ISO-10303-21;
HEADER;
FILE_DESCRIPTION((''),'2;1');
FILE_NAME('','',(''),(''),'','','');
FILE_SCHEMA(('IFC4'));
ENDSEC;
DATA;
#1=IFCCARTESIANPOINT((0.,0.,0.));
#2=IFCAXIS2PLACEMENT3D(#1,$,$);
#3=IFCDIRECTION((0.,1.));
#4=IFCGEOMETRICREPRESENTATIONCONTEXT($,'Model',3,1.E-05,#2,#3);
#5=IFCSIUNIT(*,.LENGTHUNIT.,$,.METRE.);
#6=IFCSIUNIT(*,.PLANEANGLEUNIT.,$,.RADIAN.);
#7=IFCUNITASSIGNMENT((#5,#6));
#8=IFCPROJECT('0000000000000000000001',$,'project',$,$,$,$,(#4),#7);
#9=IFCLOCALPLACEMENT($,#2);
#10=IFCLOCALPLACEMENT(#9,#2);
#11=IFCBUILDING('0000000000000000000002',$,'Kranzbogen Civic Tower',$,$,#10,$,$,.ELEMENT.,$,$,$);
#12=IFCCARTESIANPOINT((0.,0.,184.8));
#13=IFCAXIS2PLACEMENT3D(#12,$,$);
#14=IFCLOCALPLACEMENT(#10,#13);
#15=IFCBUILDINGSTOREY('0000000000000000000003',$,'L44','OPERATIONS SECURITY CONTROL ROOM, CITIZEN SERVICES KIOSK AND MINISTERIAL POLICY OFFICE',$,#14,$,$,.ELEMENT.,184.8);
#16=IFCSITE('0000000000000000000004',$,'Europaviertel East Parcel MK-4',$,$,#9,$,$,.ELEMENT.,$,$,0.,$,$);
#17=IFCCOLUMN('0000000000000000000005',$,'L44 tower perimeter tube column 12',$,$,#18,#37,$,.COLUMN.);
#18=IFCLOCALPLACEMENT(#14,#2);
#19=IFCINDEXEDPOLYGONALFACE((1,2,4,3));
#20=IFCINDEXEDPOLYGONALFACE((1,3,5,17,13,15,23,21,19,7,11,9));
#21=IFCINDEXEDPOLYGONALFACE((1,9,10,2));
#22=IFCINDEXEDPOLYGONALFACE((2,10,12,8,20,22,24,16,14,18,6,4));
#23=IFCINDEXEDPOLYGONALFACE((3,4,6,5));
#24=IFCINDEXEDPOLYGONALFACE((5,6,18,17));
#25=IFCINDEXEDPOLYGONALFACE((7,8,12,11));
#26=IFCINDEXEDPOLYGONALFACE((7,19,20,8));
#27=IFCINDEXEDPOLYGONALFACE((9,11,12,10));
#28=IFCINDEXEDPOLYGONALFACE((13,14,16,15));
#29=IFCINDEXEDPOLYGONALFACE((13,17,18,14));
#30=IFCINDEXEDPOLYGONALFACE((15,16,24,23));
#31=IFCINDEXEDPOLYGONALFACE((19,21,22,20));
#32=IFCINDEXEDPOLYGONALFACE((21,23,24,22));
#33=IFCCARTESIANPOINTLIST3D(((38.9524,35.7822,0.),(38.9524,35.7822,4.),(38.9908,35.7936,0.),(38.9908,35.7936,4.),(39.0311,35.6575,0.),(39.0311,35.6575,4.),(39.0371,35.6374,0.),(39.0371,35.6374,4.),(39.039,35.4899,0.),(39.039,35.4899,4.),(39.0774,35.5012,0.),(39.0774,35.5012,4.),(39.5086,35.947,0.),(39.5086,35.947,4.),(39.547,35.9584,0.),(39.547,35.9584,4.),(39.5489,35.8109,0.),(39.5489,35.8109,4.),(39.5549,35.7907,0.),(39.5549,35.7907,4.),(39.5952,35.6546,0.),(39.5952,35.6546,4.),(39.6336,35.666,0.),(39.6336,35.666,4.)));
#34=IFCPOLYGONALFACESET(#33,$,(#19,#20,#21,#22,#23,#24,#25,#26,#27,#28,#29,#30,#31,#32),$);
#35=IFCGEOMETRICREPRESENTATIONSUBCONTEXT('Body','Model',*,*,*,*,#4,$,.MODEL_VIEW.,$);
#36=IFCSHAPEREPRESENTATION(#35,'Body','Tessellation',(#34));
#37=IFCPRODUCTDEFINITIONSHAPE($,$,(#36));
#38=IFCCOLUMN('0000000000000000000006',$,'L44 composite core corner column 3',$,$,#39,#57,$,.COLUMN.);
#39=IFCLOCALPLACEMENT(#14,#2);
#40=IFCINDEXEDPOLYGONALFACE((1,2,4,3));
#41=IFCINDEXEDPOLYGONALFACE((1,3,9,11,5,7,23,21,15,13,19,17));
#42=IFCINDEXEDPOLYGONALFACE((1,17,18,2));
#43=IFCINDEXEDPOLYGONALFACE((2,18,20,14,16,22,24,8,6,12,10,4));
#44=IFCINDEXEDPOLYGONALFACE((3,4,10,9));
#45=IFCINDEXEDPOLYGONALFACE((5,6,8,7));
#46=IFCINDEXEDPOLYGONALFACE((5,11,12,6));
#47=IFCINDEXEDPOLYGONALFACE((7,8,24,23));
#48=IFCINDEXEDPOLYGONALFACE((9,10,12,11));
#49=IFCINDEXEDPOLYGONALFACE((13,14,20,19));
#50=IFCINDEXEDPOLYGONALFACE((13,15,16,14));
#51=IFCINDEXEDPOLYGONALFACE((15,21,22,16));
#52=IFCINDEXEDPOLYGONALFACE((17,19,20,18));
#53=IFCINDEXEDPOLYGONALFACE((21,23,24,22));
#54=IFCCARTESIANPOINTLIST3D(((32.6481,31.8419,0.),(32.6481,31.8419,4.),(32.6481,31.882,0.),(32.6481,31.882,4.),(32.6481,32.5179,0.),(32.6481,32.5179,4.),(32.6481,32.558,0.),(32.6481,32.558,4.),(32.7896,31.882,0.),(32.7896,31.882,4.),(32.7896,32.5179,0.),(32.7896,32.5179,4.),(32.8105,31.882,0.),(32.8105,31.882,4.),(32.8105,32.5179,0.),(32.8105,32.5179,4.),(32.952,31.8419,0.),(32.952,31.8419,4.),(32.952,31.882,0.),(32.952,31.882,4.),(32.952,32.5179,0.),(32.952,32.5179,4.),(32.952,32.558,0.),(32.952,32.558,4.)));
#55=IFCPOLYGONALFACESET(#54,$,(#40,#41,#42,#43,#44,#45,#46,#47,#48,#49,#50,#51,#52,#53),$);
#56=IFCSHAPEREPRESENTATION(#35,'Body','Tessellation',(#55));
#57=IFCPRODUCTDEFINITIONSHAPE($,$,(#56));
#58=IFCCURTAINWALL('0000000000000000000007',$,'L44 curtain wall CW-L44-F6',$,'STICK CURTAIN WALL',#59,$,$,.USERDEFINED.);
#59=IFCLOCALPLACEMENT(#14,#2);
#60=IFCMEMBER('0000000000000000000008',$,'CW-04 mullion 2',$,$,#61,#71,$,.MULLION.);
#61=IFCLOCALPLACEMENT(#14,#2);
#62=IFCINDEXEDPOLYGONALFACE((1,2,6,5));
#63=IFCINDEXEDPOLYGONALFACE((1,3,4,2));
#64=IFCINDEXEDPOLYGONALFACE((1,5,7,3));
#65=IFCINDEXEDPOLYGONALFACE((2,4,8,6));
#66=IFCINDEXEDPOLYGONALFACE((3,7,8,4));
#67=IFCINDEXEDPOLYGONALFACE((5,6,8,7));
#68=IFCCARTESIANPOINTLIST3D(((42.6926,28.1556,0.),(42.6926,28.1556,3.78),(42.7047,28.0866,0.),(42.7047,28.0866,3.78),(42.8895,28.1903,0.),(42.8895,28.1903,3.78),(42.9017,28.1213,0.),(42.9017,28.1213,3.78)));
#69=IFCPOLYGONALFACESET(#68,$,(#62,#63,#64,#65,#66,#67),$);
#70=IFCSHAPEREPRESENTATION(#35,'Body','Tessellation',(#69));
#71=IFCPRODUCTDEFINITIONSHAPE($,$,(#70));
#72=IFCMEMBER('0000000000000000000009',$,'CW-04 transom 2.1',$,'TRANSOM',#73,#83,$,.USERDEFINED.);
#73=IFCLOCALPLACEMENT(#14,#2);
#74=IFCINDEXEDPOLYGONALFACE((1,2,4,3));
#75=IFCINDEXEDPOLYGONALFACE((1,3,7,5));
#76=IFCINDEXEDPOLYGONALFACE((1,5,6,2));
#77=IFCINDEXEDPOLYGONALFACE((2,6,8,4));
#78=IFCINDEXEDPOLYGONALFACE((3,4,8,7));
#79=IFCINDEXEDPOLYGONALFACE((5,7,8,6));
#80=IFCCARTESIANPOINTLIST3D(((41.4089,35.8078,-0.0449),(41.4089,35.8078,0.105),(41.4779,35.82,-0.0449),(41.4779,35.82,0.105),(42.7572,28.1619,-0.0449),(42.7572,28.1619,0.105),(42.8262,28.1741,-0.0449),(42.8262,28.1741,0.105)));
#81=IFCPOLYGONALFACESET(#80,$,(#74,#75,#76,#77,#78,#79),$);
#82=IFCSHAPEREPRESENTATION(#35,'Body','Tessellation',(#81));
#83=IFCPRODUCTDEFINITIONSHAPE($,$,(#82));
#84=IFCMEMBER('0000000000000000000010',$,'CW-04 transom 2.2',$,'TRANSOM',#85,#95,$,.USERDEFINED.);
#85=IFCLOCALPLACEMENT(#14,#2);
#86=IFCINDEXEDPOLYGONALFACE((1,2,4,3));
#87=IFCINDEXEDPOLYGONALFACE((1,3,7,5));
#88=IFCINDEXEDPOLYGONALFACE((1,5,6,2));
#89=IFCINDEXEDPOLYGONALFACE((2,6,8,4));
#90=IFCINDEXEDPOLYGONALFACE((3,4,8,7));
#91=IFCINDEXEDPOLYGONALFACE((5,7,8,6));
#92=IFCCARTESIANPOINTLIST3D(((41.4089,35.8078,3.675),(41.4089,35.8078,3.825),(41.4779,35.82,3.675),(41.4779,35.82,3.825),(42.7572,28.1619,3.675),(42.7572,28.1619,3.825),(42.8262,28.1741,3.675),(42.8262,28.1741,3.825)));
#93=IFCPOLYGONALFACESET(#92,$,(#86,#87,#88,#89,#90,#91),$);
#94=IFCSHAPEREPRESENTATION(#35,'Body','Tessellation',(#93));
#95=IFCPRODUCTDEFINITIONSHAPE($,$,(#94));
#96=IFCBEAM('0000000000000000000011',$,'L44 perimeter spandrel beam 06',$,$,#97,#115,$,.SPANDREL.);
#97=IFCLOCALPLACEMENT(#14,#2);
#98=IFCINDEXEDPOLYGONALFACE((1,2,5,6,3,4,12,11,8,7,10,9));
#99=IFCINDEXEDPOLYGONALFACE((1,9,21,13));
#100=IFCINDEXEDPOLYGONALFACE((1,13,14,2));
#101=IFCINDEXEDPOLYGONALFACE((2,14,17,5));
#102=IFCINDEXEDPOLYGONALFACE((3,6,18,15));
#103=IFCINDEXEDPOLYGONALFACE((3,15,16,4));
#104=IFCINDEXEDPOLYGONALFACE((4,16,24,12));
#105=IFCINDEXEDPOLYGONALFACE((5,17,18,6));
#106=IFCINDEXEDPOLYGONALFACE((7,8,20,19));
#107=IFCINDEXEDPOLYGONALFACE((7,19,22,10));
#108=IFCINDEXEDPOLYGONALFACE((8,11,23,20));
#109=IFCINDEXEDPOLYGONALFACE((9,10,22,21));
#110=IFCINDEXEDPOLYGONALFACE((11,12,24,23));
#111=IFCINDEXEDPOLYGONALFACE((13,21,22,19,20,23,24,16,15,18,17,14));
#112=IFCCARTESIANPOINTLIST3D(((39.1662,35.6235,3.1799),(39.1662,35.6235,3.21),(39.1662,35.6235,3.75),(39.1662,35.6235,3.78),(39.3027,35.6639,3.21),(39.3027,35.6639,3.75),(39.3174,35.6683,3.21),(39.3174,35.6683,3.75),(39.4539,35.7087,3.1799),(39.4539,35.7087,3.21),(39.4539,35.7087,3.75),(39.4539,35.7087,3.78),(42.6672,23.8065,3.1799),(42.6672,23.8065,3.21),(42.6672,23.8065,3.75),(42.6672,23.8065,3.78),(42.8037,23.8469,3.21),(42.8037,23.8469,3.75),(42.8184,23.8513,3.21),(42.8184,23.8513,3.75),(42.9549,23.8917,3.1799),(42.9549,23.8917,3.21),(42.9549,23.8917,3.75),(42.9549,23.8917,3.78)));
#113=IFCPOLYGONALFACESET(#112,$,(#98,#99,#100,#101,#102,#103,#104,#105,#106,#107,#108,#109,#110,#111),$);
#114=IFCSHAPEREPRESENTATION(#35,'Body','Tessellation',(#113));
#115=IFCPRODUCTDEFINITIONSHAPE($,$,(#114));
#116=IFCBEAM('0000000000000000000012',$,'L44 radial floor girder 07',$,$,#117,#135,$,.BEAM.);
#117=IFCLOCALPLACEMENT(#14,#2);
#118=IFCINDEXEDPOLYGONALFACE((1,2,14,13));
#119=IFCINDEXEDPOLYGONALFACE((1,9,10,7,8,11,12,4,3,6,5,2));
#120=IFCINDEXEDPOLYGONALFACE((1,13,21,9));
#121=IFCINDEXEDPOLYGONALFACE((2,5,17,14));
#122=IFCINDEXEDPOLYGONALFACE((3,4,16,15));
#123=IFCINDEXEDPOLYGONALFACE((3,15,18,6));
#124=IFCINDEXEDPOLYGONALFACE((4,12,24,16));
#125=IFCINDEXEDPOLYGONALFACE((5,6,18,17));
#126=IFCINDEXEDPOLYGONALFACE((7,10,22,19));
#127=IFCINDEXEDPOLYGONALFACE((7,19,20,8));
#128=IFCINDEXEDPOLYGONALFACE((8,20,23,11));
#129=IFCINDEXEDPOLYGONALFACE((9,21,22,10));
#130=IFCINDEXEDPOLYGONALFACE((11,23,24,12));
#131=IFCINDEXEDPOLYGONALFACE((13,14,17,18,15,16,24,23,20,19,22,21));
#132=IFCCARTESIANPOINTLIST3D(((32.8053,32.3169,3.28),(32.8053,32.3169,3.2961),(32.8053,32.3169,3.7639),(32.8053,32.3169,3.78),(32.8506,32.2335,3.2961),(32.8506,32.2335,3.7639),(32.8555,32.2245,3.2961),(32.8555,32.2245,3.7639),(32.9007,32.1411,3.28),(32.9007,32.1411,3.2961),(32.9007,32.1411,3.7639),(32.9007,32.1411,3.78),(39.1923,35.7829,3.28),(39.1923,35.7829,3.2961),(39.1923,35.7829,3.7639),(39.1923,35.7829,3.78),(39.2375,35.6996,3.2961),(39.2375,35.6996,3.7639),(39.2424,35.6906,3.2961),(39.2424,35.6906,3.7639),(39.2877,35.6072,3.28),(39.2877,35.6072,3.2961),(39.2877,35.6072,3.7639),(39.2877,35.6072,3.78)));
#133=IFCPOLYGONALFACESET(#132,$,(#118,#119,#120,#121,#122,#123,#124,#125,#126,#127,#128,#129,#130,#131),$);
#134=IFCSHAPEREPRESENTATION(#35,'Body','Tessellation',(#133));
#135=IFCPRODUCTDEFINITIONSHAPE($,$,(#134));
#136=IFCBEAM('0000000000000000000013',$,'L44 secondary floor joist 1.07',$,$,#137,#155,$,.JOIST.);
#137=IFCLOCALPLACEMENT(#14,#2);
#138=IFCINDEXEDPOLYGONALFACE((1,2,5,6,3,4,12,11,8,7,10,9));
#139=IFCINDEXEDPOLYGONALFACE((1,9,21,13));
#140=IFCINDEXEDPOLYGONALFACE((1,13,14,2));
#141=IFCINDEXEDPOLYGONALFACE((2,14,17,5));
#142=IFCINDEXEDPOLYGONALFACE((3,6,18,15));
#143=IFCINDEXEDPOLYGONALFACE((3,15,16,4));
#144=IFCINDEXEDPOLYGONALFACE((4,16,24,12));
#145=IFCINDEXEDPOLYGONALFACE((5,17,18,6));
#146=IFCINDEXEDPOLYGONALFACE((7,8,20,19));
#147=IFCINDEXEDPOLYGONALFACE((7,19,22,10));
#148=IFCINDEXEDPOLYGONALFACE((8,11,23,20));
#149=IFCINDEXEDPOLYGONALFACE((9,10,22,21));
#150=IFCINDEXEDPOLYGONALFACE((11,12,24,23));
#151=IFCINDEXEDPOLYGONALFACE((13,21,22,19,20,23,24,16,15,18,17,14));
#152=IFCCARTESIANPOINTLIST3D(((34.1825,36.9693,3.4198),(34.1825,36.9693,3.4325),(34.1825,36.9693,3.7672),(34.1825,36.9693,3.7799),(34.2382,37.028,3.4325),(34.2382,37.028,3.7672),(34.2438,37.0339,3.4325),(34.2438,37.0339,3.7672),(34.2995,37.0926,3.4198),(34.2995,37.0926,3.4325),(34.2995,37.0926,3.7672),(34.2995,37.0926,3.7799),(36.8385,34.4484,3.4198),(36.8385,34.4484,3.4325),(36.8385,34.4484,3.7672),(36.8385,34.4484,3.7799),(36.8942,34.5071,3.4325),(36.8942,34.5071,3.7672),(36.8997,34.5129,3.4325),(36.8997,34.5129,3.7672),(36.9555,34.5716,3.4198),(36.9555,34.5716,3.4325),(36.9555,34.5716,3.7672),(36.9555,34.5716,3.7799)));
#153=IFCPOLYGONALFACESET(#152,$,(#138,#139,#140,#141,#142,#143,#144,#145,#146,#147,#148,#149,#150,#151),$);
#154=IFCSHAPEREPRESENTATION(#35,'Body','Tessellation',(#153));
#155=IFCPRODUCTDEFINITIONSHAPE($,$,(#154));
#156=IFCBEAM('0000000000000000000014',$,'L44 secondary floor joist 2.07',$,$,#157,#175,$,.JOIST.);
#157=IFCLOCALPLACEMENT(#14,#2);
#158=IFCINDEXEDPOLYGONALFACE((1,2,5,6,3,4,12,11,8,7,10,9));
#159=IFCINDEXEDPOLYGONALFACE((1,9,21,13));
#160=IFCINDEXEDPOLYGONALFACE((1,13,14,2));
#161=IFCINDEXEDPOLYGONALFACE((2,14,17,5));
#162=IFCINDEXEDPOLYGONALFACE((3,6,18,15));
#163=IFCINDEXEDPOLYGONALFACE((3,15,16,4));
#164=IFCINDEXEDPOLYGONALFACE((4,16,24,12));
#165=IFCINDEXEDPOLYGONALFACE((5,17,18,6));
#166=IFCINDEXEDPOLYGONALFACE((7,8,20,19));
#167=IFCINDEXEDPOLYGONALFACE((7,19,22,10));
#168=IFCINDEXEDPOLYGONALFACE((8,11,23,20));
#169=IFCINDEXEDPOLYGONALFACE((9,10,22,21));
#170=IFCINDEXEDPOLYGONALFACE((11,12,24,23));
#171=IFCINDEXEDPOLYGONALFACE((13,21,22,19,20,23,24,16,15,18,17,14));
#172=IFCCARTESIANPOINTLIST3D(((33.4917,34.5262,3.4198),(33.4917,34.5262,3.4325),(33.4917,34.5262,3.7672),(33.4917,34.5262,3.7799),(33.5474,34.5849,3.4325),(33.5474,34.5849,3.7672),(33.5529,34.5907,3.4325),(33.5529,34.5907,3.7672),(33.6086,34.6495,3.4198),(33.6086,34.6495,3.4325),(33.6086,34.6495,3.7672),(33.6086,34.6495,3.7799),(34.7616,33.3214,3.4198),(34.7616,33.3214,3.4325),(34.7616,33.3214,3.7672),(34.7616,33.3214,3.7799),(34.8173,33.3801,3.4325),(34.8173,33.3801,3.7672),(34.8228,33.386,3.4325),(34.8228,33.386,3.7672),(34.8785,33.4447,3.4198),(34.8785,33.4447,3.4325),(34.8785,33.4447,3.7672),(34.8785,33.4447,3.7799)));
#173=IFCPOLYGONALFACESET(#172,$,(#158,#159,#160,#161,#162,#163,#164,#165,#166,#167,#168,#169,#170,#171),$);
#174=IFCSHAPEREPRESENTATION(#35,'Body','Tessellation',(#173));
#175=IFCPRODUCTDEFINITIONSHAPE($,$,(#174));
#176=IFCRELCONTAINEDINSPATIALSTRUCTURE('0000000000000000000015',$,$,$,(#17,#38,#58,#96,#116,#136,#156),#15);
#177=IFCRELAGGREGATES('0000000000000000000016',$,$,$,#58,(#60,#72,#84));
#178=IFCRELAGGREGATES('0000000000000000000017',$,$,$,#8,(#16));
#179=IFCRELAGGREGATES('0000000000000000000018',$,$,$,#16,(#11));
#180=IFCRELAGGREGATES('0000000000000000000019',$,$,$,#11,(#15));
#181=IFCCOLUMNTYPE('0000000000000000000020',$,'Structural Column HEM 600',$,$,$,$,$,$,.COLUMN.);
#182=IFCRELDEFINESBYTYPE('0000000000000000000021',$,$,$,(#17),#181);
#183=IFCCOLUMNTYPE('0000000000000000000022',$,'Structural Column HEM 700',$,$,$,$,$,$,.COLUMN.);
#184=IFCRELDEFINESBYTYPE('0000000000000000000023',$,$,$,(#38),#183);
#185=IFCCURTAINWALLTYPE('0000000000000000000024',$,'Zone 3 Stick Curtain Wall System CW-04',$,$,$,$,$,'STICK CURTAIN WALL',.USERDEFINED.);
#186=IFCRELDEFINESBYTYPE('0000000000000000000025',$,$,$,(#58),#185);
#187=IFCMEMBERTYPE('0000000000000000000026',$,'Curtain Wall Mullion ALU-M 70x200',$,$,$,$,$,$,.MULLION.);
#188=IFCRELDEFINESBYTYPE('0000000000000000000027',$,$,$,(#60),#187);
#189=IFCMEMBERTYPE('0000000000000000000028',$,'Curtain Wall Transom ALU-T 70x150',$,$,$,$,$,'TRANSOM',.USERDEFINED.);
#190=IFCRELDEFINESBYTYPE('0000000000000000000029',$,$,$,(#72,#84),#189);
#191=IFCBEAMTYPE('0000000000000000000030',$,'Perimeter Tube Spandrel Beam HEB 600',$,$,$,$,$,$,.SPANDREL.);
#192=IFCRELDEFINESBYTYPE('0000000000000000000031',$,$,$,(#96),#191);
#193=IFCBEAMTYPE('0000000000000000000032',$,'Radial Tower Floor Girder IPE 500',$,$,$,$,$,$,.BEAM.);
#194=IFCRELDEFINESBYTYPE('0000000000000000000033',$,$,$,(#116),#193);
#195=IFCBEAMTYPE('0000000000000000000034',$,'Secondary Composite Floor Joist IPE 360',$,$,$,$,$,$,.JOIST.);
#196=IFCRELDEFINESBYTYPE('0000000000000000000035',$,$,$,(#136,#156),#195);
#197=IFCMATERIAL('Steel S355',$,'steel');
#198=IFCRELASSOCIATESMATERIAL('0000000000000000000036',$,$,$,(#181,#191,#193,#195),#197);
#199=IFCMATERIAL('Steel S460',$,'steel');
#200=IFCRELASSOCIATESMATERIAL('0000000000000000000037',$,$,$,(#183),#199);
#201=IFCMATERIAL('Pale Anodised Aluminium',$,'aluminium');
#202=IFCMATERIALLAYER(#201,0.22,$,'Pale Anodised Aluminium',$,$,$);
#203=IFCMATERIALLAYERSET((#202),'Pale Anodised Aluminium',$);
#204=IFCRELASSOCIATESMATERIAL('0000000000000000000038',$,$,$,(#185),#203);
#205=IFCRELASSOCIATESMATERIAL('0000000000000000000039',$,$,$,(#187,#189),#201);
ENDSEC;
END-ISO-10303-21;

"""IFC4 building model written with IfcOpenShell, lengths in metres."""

from ifc_helpers import new_model, si_unit, direction, frame, origin, origin_2d, place, context, subcontext, project, spatial, rectangle, i_section, extrude, material, layer, layer_set, material_profile, profile_set, type_object, element, aggregate, save


model = new_model("IFC4")

# Units and contexts
model_context = context("Model", 3, precision=1e-05, world=origin(), true_north=direction((0.0, 1.0)))
body_context = subcontext(model_context, "Body", "Model", "MODEL_VIEW")
ifc_project = project(units=[si_unit("LENGTHUNIT", "METRE"), si_unit("PLANEANGLEUNIT", "RADIAN")], contexts=[model_context])

# Site, building, storey
site_placement = place(None, origin())
site = spatial("IfcSite", under=ifc_project, at=site_placement, Name="Europaviertel East Parcel MK-4", CompositionType="ELEMENT", RefElevation=0.0)
building_placement = place(site_placement, origin())
building = spatial("IfcBuilding", under=site, at=building_placement, Name="Kranzbogen Civic Tower", CompositionType="ELEMENT")
storey_placement = place(building_placement, frame((0.0, 0.0, 184.8)))
storey = spatial("IfcBuildingStorey", under=building, at=storey_placement, Name="L44", Description="OPERATIONS SECURITY CONTROL ROOM, CITIZEN SERVICES KIOSK AND MINISTERIAL POLICY OFFICE", CompositionType="ELEMENT", Elevation=184.8)

# Columns
ifc_material_1 = material(Name="Steel S355", Category="steel")
ifc_material_profile_1 = material_profile(ifc_material_1, i_section(OverallWidth=0.3049, OverallDepth=0.6201, WebThickness=0.021, FlangeThickness=0.04, at=origin_2d()), Name="HEM 600")
ifc_profile_set_1 = profile_set([ifc_material_profile_1], Name="Steel S355")
column_type_1 = type_object("IfcColumnType", Name="Structural Column HEM 600", PredefinedType="COLUMN", material=ifc_profile_set_1)
column_1_placement = place(storey_placement, frame((39.293, 35.7241, 0.0), z_axis=(0.0, 0.0, 1.0), x_axis=(-0.284015, 0.95882, 0.0)))
element("IfcColumn", 1, at=column_1_placement, inside=storey, type_object=column_type_1, Name="L44 tower perimeter tube column 12", PredefinedType="COLUMN", context=body_context, shape_type="SweptSolid", body=[
    extrude(i_section(OverallWidth=0.3049, OverallDepth=0.6201, WebThickness=0.021, FlangeThickness=0.04, at=origin_2d()), origin(), (0.0, 0.0, 1.0), 4.0),
])
ifc_material_2 = material(Name="Steel S460", Category="steel")
ifc_material_profile_2 = material_profile(ifc_material_2, i_section(OverallWidth=0.304, OverallDepth=0.7161, WebThickness=0.021, FlangeThickness=0.04, at=origin_2d()), Name="HEM 700")
ifc_profile_set_2 = profile_set([ifc_material_profile_2], Name="Steel S460")
column_type_2 = type_object("IfcColumnType", Name="Structural Column HEM 700", PredefinedType="COLUMN", material=ifc_profile_set_2)
column_2_placement = place(storey_placement, frame((32.8, 32.2, 0.0), z_axis=(0.0, 0.0, 1.0), x_axis=(1.0, 0.0, 0.0)))
element("IfcColumn", 2, at=column_2_placement, inside=storey, type_object=column_type_2, Name="L44 composite core corner column 3", PredefinedType="COLUMN", context=body_context, shape_type="SweptSolid", body=[
    extrude(i_section(OverallWidth=0.304, OverallDepth=0.7161, WebThickness=0.021, FlangeThickness=0.04, at=origin_2d()), origin(), (0.0, 0.0, 1.0), 4.0),
])

# Curtain wall, members
ifc_material_3 = material(Name="Pale Anodised Aluminium", Category="aluminium")
ifc_layer_1 = layer(ifc_material_3, 0.22, Name="Pale Anodised Aluminium")
ifc_layer_set_1 = layer_set([ifc_layer_1], Name="Pale Anodised Aluminium")
curtain_wall_type = type_object("IfcCurtainWallType", Name="Zone 3 Stick Curtain Wall System CW-04", ElementType="STICK CURTAIN WALL", PredefinedType="USERDEFINED", material=ifc_layer_set_1)
curtain_wall_placement = place(storey_placement, origin())
curtain_wall = element("IfcCurtainWall", 3, at=curtain_wall_placement, inside=storey, type_object=curtain_wall_type, Name="L44 curtain wall CW-L44-F6", ObjectType="STICK CURTAIN WALL", PredefinedType="USERDEFINED")
ifc_material_profile_3 = material_profile(ifc_material_3, rectangle(XDim=0.0701, YDim=0.2, at=origin_2d()), Name="ALU-M 70x200")
ifc_profile_set_3 = profile_set([ifc_material_profile_3], Name="Pale Anodised Aluminium")
member_type_1 = type_object("IfcMemberType", Name="Curtain Wall Mullion ALU-M 70x200", PredefinedType="MULLION", material=ifc_profile_set_3)
member_1_placement = place(storey_placement, frame((42.7971, 28.1384, 0.0), z_axis=(0.0, 0.0, 1.0), x_axis=(-0.173673, 0.984803, 0.0)))
member_1 = element("IfcMember", 4, at=member_1_placement, type_object=member_type_1, Name="CW-04 mullion 2", PredefinedType="MULLION", context=body_context, shape_type="SweptSolid", body=[
    extrude(rectangle(XDim=0.0701, YDim=0.2, at=origin_2d()), origin(), (0.0, 0.0, 1.0), 3.78),
])
ifc_material_profile_4 = material_profile(ifc_material_3, rectangle(XDim=0.0701, YDim=0.1499, at=origin_2d()), Name="ALU-T 70x150")
ifc_profile_set_4 = profile_set([ifc_material_profile_4], Name="Pale Anodised Aluminium")
member_type_2 = type_object("IfcMemberType", Name="Curtain Wall Transom ALU-T 70x150", ElementType="TRANSOM", PredefinedType="USERDEFINED", material=ifc_profile_set_4)
member_2_placement = place(storey_placement, frame((42.7917, 28.168, 0.03), z_axis=(-0.173672, 0.984803, 0.0), x_axis=(-0.984803, -0.173672, 0.0)))
member_2 = element("IfcMember", 5, at=member_2_placement, type_object=member_type_2, Name="CW-04 transom 2.1", ObjectType="TRANSOM", PredefinedType="USERDEFINED", context=body_context, shape_type="SweptSolid", body=[
    extrude(rectangle(XDim=0.0701, YDim=0.1499, at=origin_2d()), origin(), (0.0, 0.0, 1.0), 7.7639),
])
member_3_placement = place(storey_placement, frame((42.7917, 28.168, 3.75), z_axis=(-0.173672, 0.984803, 0.0), x_axis=(-0.984803, -0.173672, 0.0)))
member_3 = element("IfcMember", 6, at=member_3_placement, type_object=member_type_2, Name="CW-04 transom 2.2", ObjectType="TRANSOM", PredefinedType="USERDEFINED", context=body_context, shape_type="SweptSolid", body=[
    extrude(rectangle(XDim=0.0701, YDim=0.1499, at=origin_2d()), origin(), (0.0, 0.0, 1.0), 7.7639),
])

# Beams
ifc_material_profile_5 = material_profile(ifc_material_1, i_section(OverallWidth=0.3, OverallDepth=0.6001, WebThickness=0.0154, FlangeThickness=0.03, at=origin_2d()), Name="HEB 600")
ifc_profile_set_5 = profile_set([ifc_material_profile_5], Name="Steel S355")
beam_type_1 = type_object("IfcBeamType", Name="Perimeter Tube Spandrel Beam HEB 600", PredefinedType="SPANDREL", material=ifc_profile_set_5)
beam_1_placement = place(storey_placement, frame((42.811, 23.8491, 3.48), z_axis=(-0.284064, 0.958805, 0.0), x_axis=(-0.958805, -0.284064, 0.0)))
element("IfcBeam", 7, at=beam_1_placement, inside=storey, type_object=beam_type_1, Name="L44 perimeter spandrel beam 06", PredefinedType="SPANDREL", context=body_context, shape_type="SweptSolid", body=[
    extrude(i_section(OverallWidth=0.3, OverallDepth=0.6001, WebThickness=0.0154, FlangeThickness=0.03, at=origin_2d()), origin(), (0.0, 0.0, 1.0), 12.3247),
])
ifc_material_profile_6 = material_profile(ifc_material_1, i_section(OverallWidth=0.2, OverallDepth=0.5, WebThickness=0.0103, FlangeThickness=0.0161, at=origin_2d()), Name="IPE 500")
ifc_profile_set_6 = profile_set([ifc_material_profile_6], Name="Steel S355")
beam_type_2 = type_object("IfcBeamType", Name="Radial Tower Floor Girder IPE 500", PredefinedType="BEAM", material=ifc_profile_set_6)
beam_2_placement = place(storey_placement, frame((39.24, 35.6951, 3.53), z_axis=(-0.878919, -0.47697, 0.0), x_axis=(0.47697, -0.878919, 0.0)))
element("IfcBeam", 8, at=beam_2_placement, inside=storey, type_object=beam_type_2, Name="L44 radial floor girder 07", PredefinedType="BEAM", context=body_context, shape_type="SweptSolid", body=[
    extrude(i_section(OverallWidth=0.2, OverallDepth=0.5, WebThickness=0.0103, FlangeThickness=0.0161, at=origin_2d()), origin(), (0.0, 0.0, 1.0), 7.2668),
])
ifc_material_profile_7 = material_profile(ifc_material_1, i_section(OverallWidth=0.1699, OverallDepth=0.3601, WebThickness=0.0081, FlangeThickness=0.0127, at=origin_2d()), Name="IPE 360")
ifc_profile_set_7 = profile_set([ifc_material_profile_7], Name="Steel S355")
beam_type_3 = type_object("IfcBeamType", Name="Secondary Composite Floor Joist IPE 360", PredefinedType="JOIST", material=ifc_profile_set_7)
beam_3_placement = place(storey_placement, frame((36.897, 34.51, 3.5999), z_axis=(-0.725301, 0.688432, 0.0), x_axis=(-0.688432, -0.725301, 0.0)))
element("IfcBeam", 9, at=beam_3_placement, inside=storey, type_object=beam_type_3, Name="L44 secondary floor joist 1.07", PredefinedType="JOIST", context=body_context, shape_type="SweptSolid", body=[
    extrude(i_section(OverallWidth=0.1699, OverallDepth=0.3601, WebThickness=0.0081, FlangeThickness=0.0127, at=origin_2d()), origin(), (0.0, 0.0, 1.0), 3.6619),
])
beam_4_placement = place(storey_placement, frame((34.8201, 33.3831, 3.5999), z_axis=(-0.72548, 0.688243, 0.0), x_axis=(-0.688243, -0.72548, 0.0)))
element("IfcBeam", 10, at=beam_4_placement, inside=storey, type_object=beam_type_3, Name="L44 secondary floor joist 2.07", PredefinedType="JOIST", context=body_context, shape_type="SweptSolid", body=[
    extrude(i_section(OverallWidth=0.1699, OverallDepth=0.3601, WebThickness=0.0081, FlangeThickness=0.0127, at=origin_2d()), origin(), (0.0, 0.0, 1.0), 1.7505),
])

aggregate(curtain_wall, [member_1, member_2, member_3])

save(model, "model.ifc")
